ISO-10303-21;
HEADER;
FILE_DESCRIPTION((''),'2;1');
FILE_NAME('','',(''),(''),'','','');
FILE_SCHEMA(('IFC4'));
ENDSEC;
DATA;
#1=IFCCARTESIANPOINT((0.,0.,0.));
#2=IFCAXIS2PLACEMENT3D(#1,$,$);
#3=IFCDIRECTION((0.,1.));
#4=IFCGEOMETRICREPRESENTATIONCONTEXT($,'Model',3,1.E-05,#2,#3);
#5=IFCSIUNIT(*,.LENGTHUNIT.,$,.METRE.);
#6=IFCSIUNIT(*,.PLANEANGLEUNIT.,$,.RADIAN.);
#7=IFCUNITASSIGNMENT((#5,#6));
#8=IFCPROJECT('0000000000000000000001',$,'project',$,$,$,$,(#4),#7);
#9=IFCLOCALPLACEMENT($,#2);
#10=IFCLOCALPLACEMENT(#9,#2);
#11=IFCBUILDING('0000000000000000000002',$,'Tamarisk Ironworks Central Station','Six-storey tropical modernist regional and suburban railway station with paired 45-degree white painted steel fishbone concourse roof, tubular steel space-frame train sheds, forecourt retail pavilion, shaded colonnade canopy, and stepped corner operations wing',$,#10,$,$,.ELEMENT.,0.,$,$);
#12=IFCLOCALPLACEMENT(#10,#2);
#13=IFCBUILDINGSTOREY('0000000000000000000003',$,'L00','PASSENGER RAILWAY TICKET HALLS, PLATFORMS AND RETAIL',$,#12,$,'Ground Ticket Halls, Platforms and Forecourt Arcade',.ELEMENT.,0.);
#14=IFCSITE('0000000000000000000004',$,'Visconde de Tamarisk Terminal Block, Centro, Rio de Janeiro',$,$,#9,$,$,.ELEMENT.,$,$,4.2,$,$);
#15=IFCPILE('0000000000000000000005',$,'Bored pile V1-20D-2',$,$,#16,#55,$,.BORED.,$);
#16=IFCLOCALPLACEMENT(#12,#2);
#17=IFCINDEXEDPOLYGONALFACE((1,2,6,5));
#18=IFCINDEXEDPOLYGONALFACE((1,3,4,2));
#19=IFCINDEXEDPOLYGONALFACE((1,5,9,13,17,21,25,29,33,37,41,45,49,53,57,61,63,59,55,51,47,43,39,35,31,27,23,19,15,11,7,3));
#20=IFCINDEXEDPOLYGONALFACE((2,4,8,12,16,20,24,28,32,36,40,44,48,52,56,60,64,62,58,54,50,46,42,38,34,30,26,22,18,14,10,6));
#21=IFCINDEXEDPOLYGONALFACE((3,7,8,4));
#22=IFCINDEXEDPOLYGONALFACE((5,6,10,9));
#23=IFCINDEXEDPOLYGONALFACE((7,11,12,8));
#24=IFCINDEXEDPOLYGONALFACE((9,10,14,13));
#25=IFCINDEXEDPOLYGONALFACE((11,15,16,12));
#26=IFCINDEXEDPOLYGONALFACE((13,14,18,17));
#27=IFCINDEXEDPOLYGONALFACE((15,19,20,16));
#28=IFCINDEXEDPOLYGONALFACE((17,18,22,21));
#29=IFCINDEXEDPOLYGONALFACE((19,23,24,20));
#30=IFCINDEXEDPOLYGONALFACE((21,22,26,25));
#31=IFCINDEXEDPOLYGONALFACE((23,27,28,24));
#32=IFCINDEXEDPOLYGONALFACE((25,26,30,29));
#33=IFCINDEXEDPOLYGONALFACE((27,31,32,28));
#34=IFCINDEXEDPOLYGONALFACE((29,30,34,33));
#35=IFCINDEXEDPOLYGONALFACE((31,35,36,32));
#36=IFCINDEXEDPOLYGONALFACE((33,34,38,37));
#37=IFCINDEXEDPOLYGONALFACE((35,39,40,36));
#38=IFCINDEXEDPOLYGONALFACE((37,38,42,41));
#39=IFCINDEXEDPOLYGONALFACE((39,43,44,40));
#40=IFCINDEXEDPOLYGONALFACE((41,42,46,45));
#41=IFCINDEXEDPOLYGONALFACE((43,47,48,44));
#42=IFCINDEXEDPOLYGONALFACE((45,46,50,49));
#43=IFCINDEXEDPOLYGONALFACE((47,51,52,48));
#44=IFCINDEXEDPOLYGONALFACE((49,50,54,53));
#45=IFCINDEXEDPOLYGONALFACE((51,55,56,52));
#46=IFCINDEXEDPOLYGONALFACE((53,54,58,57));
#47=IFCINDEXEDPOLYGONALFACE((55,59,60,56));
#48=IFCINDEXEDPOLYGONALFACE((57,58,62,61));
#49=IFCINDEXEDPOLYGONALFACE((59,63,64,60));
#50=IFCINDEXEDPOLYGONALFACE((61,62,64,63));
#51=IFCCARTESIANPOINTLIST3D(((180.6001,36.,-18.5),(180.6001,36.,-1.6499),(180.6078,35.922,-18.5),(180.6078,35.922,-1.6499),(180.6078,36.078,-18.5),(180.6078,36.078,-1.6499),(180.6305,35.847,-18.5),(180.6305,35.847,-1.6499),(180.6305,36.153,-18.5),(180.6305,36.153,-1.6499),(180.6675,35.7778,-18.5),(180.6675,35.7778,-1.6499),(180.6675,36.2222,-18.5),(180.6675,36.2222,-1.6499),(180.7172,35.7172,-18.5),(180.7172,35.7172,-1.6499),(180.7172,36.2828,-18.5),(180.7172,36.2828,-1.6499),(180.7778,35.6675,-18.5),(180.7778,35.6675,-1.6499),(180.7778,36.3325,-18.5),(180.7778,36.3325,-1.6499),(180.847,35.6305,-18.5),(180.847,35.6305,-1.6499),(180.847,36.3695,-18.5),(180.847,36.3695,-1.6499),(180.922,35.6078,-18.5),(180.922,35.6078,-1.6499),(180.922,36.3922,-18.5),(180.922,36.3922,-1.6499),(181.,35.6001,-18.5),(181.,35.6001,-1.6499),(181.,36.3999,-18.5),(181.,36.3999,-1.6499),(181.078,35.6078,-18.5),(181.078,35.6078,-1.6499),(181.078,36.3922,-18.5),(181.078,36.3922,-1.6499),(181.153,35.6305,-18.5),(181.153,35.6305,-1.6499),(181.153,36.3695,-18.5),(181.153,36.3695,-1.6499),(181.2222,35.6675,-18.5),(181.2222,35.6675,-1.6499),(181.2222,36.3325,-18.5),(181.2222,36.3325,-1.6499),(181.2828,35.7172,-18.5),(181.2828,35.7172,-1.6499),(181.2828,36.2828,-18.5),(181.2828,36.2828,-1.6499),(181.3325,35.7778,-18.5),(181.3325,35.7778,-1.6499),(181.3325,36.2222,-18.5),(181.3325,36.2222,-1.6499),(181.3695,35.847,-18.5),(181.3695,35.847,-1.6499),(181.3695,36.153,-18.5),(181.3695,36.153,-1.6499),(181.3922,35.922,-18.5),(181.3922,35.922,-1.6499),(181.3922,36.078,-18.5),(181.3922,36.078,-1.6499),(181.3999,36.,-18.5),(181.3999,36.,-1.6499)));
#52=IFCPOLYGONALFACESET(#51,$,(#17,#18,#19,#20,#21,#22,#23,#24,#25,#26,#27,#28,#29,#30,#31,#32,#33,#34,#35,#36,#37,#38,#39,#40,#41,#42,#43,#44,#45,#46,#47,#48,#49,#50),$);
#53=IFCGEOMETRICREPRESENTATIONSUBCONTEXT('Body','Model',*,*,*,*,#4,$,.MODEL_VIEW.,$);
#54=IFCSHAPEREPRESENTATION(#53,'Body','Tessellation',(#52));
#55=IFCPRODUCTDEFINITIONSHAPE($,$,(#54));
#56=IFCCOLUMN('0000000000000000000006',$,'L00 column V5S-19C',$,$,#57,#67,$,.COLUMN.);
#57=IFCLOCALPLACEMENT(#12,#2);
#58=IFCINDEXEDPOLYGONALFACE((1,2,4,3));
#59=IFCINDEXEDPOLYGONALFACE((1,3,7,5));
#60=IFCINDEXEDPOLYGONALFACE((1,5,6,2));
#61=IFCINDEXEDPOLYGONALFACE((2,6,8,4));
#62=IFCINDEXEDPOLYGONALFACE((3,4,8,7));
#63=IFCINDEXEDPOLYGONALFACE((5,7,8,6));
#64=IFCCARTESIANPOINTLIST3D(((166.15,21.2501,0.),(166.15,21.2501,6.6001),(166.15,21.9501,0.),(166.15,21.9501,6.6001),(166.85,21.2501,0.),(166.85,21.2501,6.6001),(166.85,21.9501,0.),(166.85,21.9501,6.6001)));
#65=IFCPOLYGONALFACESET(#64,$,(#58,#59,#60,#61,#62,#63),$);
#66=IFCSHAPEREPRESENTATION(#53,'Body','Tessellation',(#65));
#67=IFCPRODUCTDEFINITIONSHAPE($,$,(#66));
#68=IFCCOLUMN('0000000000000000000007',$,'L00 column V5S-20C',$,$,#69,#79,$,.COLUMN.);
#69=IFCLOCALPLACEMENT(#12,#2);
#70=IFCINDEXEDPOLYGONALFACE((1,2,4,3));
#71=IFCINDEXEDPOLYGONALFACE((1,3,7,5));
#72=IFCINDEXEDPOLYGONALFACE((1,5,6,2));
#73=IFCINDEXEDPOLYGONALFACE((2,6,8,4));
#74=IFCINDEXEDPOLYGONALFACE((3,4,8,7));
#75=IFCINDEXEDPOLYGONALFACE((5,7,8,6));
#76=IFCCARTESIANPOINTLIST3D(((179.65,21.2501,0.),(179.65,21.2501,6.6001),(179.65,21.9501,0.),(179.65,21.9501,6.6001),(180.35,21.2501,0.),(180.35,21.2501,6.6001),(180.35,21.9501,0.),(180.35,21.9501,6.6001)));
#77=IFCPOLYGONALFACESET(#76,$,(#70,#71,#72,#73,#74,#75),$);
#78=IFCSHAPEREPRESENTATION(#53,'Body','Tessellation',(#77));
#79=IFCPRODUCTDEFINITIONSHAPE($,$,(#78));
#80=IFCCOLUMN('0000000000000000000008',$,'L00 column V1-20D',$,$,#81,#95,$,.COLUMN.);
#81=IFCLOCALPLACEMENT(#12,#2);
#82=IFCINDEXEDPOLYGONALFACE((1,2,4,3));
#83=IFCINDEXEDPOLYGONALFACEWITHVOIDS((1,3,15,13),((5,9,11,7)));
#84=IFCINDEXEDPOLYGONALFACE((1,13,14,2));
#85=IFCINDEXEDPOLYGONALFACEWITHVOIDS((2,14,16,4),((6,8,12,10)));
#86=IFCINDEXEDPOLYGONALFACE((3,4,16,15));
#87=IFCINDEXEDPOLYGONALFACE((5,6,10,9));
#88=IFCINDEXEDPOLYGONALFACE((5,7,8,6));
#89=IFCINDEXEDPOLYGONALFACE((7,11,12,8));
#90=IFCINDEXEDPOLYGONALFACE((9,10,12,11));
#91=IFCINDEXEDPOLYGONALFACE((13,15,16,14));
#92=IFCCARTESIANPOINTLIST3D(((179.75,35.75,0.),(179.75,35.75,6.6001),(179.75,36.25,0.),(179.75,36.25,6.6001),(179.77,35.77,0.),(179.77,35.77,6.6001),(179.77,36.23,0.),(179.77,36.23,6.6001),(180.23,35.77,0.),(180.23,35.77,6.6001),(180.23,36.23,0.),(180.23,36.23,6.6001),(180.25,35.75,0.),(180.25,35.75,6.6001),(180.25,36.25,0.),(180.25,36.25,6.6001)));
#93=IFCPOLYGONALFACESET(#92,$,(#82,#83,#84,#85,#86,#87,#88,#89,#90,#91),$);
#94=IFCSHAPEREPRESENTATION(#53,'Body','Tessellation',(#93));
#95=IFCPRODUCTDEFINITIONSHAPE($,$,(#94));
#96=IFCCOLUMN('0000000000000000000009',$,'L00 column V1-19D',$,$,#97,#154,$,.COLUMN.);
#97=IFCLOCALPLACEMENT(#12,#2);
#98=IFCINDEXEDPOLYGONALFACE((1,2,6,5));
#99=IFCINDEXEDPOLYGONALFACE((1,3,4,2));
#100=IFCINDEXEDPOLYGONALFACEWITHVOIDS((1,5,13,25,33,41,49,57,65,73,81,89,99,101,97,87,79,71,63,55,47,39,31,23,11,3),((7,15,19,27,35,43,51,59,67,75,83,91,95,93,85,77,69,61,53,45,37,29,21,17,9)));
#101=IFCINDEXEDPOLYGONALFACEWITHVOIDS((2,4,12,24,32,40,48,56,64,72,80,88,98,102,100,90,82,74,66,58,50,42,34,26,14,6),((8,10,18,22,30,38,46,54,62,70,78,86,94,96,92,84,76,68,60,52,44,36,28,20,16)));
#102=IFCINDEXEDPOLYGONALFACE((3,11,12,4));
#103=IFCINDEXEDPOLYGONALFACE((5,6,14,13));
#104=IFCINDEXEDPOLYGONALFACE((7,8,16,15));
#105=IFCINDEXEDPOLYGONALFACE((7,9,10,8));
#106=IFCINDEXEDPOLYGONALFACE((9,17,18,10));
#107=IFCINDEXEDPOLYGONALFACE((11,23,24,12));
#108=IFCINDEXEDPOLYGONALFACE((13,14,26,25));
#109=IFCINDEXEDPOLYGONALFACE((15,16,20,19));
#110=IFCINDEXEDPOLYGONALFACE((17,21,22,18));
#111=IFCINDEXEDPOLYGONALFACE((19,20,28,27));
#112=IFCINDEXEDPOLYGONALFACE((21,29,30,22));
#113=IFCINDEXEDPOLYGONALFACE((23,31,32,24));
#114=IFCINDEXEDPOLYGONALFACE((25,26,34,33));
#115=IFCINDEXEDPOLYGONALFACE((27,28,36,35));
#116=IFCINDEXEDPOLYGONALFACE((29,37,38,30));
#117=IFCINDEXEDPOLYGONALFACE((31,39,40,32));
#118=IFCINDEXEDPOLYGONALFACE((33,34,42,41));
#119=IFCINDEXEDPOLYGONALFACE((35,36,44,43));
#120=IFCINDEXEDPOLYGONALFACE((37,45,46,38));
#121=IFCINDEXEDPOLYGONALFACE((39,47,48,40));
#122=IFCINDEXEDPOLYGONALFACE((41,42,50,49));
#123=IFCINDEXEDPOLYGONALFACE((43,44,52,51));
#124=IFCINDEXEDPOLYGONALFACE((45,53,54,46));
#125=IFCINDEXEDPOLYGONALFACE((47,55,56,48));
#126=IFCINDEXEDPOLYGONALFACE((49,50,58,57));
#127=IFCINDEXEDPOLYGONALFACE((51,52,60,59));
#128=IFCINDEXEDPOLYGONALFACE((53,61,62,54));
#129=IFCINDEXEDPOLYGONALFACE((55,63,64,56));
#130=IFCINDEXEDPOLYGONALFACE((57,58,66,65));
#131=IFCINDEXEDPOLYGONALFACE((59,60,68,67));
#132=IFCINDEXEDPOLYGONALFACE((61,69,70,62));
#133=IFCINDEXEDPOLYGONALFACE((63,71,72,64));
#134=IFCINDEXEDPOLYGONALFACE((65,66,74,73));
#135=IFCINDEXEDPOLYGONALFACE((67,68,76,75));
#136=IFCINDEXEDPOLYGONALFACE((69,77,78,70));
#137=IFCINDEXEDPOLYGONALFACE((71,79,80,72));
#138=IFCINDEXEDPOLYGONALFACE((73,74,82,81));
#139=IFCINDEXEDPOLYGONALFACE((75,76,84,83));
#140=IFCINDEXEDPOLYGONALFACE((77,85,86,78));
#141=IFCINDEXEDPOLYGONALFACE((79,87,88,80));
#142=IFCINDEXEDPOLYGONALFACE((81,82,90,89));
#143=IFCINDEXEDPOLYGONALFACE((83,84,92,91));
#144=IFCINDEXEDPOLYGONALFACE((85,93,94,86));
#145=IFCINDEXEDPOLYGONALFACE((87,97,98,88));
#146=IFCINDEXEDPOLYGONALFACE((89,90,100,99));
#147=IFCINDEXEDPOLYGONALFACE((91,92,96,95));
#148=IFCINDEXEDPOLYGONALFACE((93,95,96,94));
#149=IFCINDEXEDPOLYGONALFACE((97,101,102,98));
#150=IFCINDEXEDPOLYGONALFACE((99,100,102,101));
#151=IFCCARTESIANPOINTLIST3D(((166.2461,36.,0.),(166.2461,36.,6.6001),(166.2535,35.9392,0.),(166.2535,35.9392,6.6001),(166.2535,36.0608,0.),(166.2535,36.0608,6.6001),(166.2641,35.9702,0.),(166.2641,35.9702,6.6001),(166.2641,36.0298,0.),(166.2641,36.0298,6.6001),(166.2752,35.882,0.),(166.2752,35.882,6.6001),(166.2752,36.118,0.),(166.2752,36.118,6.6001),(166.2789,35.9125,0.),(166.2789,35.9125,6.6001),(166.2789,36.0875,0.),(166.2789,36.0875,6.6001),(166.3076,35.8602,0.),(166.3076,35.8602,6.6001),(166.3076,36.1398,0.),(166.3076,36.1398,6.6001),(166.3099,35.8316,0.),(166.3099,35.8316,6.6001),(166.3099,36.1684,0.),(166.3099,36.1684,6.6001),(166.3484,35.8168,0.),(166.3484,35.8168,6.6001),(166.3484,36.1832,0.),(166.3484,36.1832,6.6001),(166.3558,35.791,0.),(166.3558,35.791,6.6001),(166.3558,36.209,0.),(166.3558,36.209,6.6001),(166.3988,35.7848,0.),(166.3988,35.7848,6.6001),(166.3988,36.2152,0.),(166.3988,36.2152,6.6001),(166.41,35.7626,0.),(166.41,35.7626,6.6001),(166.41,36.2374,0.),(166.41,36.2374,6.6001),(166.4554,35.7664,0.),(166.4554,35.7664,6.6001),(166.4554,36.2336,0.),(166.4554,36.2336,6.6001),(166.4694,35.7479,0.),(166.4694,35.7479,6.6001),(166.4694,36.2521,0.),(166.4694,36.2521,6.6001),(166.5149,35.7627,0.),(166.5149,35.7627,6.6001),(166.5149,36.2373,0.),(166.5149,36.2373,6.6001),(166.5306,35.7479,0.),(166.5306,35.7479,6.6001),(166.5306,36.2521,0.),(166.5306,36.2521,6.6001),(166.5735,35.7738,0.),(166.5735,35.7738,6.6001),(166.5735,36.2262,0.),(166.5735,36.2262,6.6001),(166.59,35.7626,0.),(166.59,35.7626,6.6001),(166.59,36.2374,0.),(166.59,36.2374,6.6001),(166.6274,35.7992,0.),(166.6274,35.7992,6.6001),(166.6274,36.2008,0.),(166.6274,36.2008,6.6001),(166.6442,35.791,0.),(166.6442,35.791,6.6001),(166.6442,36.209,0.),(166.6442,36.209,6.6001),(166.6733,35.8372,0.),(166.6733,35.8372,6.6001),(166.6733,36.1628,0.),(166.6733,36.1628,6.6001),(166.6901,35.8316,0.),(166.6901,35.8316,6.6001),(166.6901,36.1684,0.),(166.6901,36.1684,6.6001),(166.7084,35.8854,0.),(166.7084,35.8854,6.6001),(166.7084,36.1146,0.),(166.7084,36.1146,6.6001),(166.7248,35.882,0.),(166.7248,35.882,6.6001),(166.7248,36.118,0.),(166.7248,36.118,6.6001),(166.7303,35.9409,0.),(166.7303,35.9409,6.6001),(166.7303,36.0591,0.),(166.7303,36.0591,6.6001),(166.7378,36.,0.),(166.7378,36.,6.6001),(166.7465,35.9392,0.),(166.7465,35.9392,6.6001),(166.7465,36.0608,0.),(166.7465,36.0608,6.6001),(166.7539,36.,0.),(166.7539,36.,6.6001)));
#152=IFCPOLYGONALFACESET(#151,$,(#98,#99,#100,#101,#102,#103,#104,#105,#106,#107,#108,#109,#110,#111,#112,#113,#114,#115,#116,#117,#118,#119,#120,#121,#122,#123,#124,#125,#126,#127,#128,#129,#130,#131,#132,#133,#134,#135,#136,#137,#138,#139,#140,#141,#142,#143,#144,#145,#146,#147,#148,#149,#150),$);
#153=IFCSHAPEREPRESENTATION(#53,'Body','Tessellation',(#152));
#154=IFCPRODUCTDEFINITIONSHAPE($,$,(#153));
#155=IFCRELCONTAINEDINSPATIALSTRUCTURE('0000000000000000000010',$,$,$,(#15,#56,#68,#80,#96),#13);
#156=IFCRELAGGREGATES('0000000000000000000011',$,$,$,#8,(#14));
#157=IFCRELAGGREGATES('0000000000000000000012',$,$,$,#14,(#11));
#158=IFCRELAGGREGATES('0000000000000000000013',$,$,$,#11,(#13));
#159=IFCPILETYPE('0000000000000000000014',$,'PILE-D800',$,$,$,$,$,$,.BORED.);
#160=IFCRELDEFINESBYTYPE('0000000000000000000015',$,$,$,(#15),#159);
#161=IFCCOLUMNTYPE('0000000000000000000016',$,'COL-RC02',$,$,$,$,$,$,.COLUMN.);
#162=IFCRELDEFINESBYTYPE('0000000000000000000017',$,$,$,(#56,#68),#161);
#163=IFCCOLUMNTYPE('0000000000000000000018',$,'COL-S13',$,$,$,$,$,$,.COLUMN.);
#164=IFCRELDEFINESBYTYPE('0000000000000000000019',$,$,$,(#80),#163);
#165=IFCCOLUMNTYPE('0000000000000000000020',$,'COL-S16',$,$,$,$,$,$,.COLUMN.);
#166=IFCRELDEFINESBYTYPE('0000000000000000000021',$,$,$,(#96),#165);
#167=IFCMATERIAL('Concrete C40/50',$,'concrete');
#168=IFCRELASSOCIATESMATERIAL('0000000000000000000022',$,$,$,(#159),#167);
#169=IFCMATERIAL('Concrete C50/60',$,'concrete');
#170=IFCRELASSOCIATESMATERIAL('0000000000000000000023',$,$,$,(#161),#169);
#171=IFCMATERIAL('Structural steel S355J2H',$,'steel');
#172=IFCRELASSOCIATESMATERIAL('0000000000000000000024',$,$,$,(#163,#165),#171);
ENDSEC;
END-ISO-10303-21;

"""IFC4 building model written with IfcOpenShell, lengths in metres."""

from ifc_helpers import new_model, si_unit, direction, frame, origin, origin_2d, place, context, subcontext, project, spatial, rectangle, hollow_rectangle, circle, hollow_circle, extrude, material, material_profile, profile_set, type_object, element, save


model = new_model("IFC4")

# Units and contexts
model_context = context("Model", 3, precision=1e-05, world=origin(), true_north=direction((0.0, 1.0)))
body_context = subcontext(model_context, "Body", "Model", "MODEL_VIEW")
ifc_project = project(units=[si_unit("LENGTHUNIT", "METRE"), si_unit("PLANEANGLEUNIT", "RADIAN")], contexts=[model_context])

# Site, building, storey
site_placement = place(None, origin())
site = spatial("IfcSite", under=ifc_project, at=site_placement, Name="Visconde de Tamarisk Terminal Block, Centro, Rio de Janeiro", CompositionType="ELEMENT", RefElevation=4.2)
building_placement = place(site_placement, origin())
building = spatial("IfcBuilding", under=site, at=building_placement, Name="Tamarisk Ironworks Central Station", Description="Six-storey tropical modernist regional and suburban railway station with paired 45-degree white painted steel fishbone concourse roof, tubular steel space-frame train sheds, forecourt retail pavilion, shaded colonnade canopy, and stepped corner operations wing", CompositionType="ELEMENT", ElevationOfRefHeight=0.0)
storey_placement = place(building_placement, origin())
storey = spatial("IfcBuildingStorey", under=building, at=storey_placement, Name="L00", Description="PASSENGER RAILWAY TICKET HALLS, PLATFORMS AND RETAIL", LongName="Ground Ticket Halls, Platforms and Forecourt Arcade", CompositionType="ELEMENT", Elevation=0.0)

# Shared definitions
ifc_material_1 = material(Name="Concrete C40/50", Category="concrete")

# Pile
ifc_material_profile_1 = material_profile(ifc_material_1, circle(Radius=0.3999, at=origin_2d()), Name="BORED PILE D800")
ifc_profile_set_1 = profile_set([ifc_material_profile_1], Name="Concrete C40/50")
pile_type = type_object("IfcPileType", Name="PILE-D800", PredefinedType="BORED", material=ifc_profile_set_1)
for number, where, z_axis, x_axis, name in (
    (1, (181.0, 36.0, -1.6499), (0.0, 0.0, -1.0), (1.0, 0.0, 0.0), "Bored pile V1-20D-2"),
):
    element("IfcPile", number, at=place(storey_placement, frame(where, z_axis=z_axis, x_axis=x_axis)), inside=storey, type_object=pile_type, Name=name, PredefinedType="BORED", context=body_context, shape_type="SweptSolid", body=[
        extrude(circle(Radius=0.3999, at=origin_2d()), origin(), (0.0, 0.0, 1.0), 16.8501),
    ])

# Columns
ifc_material_2 = material(Name="Concrete C50/60", Category="concrete")
ifc_material_profile_2 = material_profile(ifc_material_2, rectangle(XDim=0.7, YDim=0.7, at=origin_2d()), Name="RC 700x700")
ifc_profile_set_2 = profile_set([ifc_material_profile_2], Name="Concrete C50/60")
column_type_1 = type_object("IfcColumnType", Name="COL-RC02", PredefinedType="COLUMN", material=ifc_profile_set_2)
for number, where, z_axis, x_axis, name in (
    (2, (166.5, 21.6001, 0.0), (0.0, 0.0, 1.0), (1.0, 0.0, 0.0), "L00 column V5S-19C"),
    (3, (180.0, 21.6001, 0.0), (0.0, 0.0, 1.0), (1.0, 0.0, 0.0), "L00 column V5S-20C"),
):
    element("IfcColumn", number, at=place(storey_placement, frame(where, z_axis=z_axis, x_axis=x_axis)), inside=storey, type_object=column_type_1, Name=name, PredefinedType="COLUMN", context=body_context, shape_type="SweptSolid", body=[
        extrude(rectangle(XDim=0.7, YDim=0.7, at=origin_2d()), origin(), (0.0, 0.0, 1.0), 6.6001),
    ])
ifc_material_3 = material(Name="Structural steel S355J2H", Category="steel")
ifc_material_profile_3 = material_profile(ifc_material_3, hollow_rectangle(XDim=0.5, YDim=0.5, WallThickness=0.02, at=origin_2d()), Name="SHS 500x500x20")
ifc_profile_set_3 = profile_set([ifc_material_profile_3], Name="Structural steel S355J2H")
column_type_2 = type_object("IfcColumnType", Name="COL-S13", PredefinedType="COLUMN", material=ifc_profile_set_3)
column_1_placement = place(storey_placement, frame((180.0, 36.0, 0.0), z_axis=(0.0, 0.0, 1.0), x_axis=(1.0, 0.0, 0.0)))
element("IfcColumn", 4, at=column_1_placement, inside=storey, type_object=column_type_2, Name="L00 column V1-20D", PredefinedType="COLUMN", context=body_context, shape_type="SweptSolid", body=[
    extrude(hollow_rectangle(XDim=0.5, YDim=0.5, WallThickness=0.02, at=origin_2d()), origin(), (0.0, 0.0, 1.0), 6.6001),
])
ifc_material_profile_4 = material_profile(ifc_material_3, hollow_circle(Radius=0.2539, WallThickness=0.0161, at=origin_2d()), Name="CHS 508x16")
ifc_profile_set_4 = profile_set([ifc_material_profile_4], Name="Structural steel S355J2H")
column_type_3 = type_object("IfcColumnType", Name="COL-S16", PredefinedType="COLUMN", material=ifc_profile_set_4)
column_2_placement = place(storey_placement, frame((166.5, 36.0, 0.0), z_axis=(0.0, 0.0, 1.0), x_axis=(1.0, 0.0, 0.0)))
element("IfcColumn", 5, at=column_2_placement, inside=storey, type_object=column_type_3, Name="L00 column V1-19D", PredefinedType="COLUMN", context=body_context, shape_type="SweptSolid", body=[
    extrude(hollow_circle(Radius=0.2539, WallThickness=0.0161, at=origin_2d()), origin(), (0.0, 0.0, 1.0), 6.6001),
])

save(model, "model.ifc")
